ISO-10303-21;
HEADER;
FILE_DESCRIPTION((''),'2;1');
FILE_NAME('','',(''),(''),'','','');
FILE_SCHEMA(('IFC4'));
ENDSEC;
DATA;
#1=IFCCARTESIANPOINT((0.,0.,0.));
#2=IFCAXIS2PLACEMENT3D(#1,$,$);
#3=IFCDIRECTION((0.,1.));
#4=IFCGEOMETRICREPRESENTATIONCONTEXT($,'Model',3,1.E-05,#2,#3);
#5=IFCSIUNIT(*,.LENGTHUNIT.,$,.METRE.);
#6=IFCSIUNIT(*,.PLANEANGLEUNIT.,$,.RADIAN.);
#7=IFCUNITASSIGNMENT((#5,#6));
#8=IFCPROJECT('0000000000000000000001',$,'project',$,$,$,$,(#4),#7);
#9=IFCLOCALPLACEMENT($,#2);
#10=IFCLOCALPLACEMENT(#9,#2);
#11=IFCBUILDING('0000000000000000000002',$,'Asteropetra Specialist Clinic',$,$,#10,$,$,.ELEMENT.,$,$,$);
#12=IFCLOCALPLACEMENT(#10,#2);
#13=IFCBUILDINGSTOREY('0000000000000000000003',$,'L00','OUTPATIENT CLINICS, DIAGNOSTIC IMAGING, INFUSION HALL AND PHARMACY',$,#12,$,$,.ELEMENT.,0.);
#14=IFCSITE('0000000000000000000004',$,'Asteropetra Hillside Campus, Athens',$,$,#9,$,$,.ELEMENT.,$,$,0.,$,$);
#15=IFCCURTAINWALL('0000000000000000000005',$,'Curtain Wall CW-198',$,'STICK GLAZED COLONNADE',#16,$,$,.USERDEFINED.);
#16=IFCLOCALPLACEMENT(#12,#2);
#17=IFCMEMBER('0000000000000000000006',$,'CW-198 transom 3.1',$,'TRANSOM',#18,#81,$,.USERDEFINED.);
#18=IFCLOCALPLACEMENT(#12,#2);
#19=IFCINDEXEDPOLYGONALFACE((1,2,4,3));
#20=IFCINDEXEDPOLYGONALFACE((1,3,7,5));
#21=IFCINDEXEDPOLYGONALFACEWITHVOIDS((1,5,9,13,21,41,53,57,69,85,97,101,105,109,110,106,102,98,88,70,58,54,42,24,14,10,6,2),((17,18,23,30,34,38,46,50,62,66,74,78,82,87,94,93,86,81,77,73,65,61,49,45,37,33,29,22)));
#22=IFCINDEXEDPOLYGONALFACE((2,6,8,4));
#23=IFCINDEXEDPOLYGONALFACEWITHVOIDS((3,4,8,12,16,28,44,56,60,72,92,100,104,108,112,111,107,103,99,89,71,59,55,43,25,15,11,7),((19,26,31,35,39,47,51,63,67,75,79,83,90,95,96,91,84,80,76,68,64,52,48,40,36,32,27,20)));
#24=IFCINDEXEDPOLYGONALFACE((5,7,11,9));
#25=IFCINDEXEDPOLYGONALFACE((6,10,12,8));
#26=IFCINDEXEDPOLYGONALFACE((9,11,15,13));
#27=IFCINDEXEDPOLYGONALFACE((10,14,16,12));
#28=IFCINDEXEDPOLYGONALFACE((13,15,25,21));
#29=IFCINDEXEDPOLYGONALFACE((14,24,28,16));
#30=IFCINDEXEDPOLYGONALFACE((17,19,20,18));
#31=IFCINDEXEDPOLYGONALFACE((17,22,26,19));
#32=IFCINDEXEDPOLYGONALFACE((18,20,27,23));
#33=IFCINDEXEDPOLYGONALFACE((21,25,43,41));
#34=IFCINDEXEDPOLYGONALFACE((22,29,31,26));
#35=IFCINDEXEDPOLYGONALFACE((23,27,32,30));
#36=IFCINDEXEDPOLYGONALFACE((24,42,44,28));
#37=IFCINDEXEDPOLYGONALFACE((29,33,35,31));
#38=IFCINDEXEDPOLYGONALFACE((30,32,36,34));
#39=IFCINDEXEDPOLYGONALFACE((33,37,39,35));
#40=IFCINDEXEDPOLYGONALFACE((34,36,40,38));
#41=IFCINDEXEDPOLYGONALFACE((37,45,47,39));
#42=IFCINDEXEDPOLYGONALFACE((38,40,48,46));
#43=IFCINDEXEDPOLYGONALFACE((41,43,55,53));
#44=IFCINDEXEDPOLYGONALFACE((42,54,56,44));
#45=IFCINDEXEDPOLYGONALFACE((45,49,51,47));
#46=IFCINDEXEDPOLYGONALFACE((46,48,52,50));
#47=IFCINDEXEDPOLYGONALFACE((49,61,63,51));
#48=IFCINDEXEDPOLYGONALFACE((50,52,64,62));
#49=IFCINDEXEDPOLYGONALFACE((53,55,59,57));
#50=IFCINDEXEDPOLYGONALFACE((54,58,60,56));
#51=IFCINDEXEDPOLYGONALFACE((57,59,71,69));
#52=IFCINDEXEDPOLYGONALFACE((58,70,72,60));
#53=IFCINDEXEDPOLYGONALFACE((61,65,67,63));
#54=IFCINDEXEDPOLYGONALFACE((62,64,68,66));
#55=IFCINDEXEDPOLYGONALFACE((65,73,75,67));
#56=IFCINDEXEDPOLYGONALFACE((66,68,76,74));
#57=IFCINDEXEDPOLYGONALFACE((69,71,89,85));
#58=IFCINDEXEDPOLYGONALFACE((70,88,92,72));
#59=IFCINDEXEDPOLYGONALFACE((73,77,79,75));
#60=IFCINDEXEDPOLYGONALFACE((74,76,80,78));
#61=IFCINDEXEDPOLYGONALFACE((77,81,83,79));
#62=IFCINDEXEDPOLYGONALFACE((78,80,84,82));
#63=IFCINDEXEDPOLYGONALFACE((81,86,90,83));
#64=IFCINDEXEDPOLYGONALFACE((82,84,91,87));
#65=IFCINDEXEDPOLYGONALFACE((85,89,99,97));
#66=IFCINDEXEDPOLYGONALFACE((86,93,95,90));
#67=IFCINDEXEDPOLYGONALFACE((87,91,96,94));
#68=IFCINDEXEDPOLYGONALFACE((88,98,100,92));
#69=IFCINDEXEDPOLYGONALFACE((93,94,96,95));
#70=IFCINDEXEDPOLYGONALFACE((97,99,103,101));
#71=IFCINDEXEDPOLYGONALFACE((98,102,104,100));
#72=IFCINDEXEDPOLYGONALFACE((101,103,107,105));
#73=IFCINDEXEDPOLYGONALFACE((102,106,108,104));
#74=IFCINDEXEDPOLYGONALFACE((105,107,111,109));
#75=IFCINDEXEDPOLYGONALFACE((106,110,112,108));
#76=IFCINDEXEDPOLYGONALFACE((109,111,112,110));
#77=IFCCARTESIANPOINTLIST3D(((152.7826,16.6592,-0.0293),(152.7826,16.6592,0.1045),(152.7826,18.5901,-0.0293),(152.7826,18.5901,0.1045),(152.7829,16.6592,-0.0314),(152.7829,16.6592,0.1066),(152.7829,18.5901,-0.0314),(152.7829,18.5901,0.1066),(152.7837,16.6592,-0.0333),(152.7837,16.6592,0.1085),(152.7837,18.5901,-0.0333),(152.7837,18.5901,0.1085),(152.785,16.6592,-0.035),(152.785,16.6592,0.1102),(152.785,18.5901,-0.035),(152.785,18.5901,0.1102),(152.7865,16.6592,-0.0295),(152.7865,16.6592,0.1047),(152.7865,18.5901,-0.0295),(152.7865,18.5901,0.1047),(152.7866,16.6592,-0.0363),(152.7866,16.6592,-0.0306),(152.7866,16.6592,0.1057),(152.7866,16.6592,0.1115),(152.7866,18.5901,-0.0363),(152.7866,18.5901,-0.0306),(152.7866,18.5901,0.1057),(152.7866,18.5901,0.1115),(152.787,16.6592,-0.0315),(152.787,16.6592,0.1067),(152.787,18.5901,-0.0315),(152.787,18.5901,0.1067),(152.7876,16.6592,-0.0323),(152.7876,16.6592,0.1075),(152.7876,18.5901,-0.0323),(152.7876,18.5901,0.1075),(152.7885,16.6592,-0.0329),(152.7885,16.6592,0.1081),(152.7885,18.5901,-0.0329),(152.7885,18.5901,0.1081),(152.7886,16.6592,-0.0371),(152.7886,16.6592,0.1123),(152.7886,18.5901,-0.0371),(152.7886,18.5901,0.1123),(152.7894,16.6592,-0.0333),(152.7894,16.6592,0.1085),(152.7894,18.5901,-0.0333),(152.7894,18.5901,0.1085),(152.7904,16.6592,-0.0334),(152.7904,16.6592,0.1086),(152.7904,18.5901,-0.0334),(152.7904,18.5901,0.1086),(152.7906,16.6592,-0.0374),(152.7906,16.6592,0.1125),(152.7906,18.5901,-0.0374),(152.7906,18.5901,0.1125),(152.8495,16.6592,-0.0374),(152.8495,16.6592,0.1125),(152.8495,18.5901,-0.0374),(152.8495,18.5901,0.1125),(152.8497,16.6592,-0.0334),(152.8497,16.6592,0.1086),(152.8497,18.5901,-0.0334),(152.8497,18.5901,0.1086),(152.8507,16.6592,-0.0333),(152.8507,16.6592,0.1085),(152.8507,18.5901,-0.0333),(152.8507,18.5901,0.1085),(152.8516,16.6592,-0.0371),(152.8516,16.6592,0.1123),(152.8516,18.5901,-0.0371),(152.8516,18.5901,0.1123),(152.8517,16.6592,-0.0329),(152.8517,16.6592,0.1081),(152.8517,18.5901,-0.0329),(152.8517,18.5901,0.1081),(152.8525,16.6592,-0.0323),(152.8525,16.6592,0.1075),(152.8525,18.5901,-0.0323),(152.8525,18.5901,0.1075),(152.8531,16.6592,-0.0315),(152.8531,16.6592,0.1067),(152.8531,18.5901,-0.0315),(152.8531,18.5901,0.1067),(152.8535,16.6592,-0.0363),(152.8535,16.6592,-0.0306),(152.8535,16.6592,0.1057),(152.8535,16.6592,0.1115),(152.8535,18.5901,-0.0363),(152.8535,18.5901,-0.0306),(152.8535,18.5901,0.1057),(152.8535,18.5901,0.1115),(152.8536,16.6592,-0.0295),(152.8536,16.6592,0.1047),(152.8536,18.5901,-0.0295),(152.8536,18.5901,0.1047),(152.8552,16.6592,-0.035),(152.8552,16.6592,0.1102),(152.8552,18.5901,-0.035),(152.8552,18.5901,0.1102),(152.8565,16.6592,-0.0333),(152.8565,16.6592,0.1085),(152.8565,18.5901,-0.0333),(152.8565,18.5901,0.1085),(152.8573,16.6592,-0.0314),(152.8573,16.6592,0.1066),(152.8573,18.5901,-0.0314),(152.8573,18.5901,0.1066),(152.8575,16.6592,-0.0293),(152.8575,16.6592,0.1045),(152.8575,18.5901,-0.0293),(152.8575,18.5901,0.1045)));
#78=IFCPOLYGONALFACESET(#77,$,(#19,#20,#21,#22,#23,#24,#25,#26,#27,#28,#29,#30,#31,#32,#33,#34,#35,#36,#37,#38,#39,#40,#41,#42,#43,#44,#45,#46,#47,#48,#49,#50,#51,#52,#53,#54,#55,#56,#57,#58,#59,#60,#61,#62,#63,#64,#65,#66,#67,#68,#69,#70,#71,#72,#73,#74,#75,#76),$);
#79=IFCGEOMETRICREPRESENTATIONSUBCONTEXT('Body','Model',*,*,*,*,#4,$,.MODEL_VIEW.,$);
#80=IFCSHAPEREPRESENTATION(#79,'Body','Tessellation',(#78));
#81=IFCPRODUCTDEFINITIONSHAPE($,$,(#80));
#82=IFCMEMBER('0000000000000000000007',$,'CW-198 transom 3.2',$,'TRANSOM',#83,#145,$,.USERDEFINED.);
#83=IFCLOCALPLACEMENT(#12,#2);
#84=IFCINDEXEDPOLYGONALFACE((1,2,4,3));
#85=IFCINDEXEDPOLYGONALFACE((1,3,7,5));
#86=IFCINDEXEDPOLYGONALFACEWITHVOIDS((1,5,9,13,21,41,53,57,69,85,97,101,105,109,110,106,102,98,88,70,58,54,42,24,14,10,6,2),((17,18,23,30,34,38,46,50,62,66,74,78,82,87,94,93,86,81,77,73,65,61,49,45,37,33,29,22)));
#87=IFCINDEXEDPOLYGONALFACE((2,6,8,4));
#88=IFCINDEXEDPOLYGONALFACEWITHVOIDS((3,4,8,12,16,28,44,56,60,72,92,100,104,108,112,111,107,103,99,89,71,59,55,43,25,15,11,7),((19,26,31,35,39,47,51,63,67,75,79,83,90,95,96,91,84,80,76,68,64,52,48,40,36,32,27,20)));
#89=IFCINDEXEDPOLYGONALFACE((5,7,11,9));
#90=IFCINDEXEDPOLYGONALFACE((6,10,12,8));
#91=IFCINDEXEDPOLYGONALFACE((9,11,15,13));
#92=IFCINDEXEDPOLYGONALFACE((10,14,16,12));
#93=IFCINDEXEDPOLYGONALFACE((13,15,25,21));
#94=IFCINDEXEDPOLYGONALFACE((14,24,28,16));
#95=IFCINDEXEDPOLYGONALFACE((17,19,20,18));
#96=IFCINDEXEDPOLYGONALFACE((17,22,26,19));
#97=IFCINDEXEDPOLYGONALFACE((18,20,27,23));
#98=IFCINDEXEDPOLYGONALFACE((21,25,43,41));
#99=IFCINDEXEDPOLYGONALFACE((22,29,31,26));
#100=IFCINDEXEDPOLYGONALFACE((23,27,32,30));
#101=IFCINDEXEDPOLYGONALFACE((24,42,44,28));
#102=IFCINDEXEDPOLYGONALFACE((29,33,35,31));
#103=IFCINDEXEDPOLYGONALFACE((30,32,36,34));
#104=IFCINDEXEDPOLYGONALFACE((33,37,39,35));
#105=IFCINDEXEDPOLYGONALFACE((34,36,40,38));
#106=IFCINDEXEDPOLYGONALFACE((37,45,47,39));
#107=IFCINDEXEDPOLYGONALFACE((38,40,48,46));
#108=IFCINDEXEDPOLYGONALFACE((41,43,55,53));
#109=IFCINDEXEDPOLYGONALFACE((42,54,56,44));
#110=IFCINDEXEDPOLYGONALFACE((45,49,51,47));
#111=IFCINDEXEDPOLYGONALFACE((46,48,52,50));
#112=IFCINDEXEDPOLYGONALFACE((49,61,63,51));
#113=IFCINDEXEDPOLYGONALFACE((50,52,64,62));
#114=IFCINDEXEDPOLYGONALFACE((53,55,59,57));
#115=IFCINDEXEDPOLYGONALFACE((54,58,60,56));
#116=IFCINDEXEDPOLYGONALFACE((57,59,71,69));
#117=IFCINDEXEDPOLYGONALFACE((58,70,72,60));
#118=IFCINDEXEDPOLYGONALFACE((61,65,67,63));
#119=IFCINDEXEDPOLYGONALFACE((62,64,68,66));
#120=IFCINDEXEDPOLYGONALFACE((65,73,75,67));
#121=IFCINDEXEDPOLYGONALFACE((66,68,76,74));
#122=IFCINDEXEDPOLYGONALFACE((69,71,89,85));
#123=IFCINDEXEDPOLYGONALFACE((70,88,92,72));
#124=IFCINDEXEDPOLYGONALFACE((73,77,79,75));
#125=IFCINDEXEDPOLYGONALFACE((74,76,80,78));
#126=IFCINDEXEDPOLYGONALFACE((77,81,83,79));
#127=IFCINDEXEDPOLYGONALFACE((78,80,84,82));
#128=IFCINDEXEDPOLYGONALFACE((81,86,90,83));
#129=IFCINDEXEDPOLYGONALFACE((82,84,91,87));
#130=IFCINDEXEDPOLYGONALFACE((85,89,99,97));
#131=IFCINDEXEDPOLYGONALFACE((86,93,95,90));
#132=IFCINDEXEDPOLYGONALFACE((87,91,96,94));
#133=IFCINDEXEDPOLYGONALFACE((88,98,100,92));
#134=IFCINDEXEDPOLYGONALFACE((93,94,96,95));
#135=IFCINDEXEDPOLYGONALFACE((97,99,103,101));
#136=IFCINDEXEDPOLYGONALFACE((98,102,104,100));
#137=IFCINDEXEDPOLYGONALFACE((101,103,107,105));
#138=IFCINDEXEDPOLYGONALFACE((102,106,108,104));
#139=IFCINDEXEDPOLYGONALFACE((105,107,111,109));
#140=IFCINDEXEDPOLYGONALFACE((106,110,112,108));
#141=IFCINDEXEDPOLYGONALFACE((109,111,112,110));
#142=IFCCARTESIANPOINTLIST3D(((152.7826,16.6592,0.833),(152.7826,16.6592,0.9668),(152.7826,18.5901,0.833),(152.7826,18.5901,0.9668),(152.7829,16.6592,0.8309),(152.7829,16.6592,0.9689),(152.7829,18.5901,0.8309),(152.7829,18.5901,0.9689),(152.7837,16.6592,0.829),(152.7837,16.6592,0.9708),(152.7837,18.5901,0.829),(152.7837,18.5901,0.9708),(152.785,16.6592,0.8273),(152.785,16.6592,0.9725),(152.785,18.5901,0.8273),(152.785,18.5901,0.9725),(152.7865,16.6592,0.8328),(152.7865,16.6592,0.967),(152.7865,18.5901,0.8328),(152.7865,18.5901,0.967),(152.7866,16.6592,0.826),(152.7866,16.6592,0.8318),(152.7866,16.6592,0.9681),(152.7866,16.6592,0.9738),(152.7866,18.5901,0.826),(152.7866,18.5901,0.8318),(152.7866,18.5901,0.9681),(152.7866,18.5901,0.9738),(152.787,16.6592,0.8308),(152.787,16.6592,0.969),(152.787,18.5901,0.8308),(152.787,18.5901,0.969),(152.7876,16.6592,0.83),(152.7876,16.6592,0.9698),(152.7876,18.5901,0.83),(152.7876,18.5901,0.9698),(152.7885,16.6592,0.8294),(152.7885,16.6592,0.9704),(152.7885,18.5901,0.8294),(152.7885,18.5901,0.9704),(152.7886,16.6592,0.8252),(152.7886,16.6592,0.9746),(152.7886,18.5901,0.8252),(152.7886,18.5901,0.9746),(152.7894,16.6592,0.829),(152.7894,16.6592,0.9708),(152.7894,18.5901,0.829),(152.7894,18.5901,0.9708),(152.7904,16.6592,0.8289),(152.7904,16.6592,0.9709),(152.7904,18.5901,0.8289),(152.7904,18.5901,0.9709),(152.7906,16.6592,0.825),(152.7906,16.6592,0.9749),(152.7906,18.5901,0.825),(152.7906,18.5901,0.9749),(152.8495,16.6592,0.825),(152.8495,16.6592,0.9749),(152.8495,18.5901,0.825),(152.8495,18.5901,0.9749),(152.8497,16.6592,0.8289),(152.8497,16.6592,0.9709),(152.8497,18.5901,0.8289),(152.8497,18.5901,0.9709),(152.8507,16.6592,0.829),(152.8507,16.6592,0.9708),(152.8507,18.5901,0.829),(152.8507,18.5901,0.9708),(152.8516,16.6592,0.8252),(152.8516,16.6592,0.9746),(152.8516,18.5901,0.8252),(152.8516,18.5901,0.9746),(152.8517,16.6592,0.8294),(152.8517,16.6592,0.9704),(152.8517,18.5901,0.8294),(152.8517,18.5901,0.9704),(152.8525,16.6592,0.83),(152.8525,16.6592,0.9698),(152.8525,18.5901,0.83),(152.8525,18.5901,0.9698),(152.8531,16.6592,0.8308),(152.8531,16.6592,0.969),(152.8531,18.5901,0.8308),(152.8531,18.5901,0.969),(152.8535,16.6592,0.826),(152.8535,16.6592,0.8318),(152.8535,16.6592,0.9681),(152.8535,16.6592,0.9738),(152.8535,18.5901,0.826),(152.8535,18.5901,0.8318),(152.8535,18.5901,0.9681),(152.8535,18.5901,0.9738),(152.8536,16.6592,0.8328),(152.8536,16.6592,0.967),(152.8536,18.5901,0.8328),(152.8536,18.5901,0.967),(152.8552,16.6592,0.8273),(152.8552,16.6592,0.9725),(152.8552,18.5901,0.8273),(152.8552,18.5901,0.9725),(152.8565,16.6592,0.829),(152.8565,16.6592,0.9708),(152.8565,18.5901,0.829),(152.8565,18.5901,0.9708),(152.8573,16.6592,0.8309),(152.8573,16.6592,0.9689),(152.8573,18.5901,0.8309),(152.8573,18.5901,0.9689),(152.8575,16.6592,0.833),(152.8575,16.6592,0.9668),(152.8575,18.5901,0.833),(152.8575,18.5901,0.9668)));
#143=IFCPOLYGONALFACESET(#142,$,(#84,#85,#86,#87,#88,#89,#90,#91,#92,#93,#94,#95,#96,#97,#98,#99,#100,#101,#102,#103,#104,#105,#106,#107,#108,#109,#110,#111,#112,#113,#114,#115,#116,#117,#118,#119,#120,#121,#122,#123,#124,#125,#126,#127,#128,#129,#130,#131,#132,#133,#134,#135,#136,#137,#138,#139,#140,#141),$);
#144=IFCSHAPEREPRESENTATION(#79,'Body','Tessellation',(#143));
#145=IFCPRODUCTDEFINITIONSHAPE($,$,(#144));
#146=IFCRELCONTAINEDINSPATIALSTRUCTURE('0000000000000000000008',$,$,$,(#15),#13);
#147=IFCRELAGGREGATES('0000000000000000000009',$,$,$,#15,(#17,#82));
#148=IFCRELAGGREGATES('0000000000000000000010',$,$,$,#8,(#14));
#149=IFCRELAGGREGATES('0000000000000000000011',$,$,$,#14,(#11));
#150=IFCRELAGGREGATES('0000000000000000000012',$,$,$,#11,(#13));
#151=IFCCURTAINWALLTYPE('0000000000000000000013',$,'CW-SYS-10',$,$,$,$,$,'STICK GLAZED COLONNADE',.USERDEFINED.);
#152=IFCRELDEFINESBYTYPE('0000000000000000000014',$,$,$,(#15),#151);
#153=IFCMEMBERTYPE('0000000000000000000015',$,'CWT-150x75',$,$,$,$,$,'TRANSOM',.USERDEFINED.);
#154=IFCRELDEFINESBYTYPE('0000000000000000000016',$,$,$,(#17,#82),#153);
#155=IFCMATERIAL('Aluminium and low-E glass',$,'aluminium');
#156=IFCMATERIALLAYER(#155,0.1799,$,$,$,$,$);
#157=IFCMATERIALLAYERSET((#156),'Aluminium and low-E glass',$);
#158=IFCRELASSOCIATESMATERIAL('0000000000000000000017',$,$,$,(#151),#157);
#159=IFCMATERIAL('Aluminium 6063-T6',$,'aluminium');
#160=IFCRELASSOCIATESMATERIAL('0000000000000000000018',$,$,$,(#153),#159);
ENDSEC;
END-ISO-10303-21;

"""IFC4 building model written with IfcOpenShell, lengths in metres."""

from ifc_helpers import new_model, si_unit, direction, frame, origin, origin_2d, place, context, subcontext, project, spatial, hollow_rectangle, extrude, material, layer, layer_set, material_profile, profile_set, type_object, element, aggregate, save


model = new_model("IFC4")

# Units and contexts
model_context = context("Model", 3, precision=1e-05, world=origin(), true_north=direction((0.0, 1.0)))
body_context = subcontext(model_context, "Body", "Model", "MODEL_VIEW")
ifc_project = project(units=[si_unit("LENGTHUNIT", "METRE"), si_unit("PLANEANGLEUNIT", "RADIAN")], contexts=[model_context])

# Site, building, storey
site_placement = place(None, origin())
site = spatial("IfcSite", under=ifc_project, at=site_placement, Name="Asteropetra Hillside Campus, Athens", CompositionType="ELEMENT", RefElevation=0.0)
building_placement = place(site_placement, origin())
building = spatial("IfcBuilding", under=site, at=building_placement, Name="Asteropetra Specialist Clinic", CompositionType="ELEMENT")
storey_placement = place(building_placement, origin())
storey = spatial("IfcBuildingStorey", under=building, at=storey_placement, Name="L00", Description="OUTPATIENT CLINICS, DIAGNOSTIC IMAGING, INFUSION HALL AND PHARMACY", CompositionType="ELEMENT", Elevation=0.0)

# Shared definitions
ifc_material_1 = material(Name="Aluminium and low-E glass", Category="aluminium")
ifc_layer_1 = layer(ifc_material_1, 0.1799)
ifc_layer_set_1 = layer_set([ifc_layer_1], Name="Aluminium and low-E glass")
curtain_wall_type = type_object("IfcCurtainWallType", Name="CW-SYS-10", ElementType="STICK GLAZED COLONNADE", PredefinedType="USERDEFINED", material=ifc_layer_set_1)

# Curtain wall, members
curtain_wall_1_placement = place(storey_placement, origin())
curtain_wall_1 = element("IfcCurtainWall", 1, at=curtain_wall_1_placement, inside=storey, type_object=curtain_wall_type, Name="Curtain Wall CW-198", ObjectType="STICK GLAZED COLONNADE", PredefinedType="USERDEFINED")
ifc_material_2 = material(Name="Aluminium 6063-T6", Category="aluminium")
ifc_material_profile_1 = material_profile(ifc_material_2, hollow_rectangle(XDim=0.075, YDim=0.1499, WallThickness=0.0039, InnerFilletRadius=0.0039, OuterFilletRadius=0.0081, at=origin_2d()), Name="TRN 150x75x4.0")
ifc_profile_set_1 = profile_set([ifc_material_profile_1], Name="Aluminium 6063-T6")
member_type_1 = type_object("IfcMemberType", Name="CWT-150x75", ElementType="TRANSOM", PredefinedType="USERDEFINED", material=ifc_profile_set_1)
member_1_placement = place(storey_placement, frame((152.8201, 16.6592, 0.0376), z_axis=(0.0, 1.0, 0.0), x_axis=(-1.0, 0.0, 0.0)))
member_1 = element("IfcMember", 2, at=member_1_placement, type_object=member_type_1, Name="CW-198 transom 3.1", ObjectType="TRANSOM", PredefinedType="USERDEFINED", context=body_context, shape_type="SweptSolid", body=[
    extrude(hollow_rectangle(XDim=0.075, YDim=0.1499, WallThickness=0.0039, InnerFilletRadius=0.0039, OuterFilletRadius=0.0081, at=origin_2d()), origin(), (0.0, 0.0, 1.0), 1.9309),
])
member_2_placement = place(storey_placement, frame((152.8201, 16.6592, 0.8999), z_axis=(0.0, 1.0, 0.0), x_axis=(-1.0, 0.0, 0.0)))
member_2 = element("IfcMember", 3, at=member_2_placement, type_object=member_type_1, Name="CW-198 transom 3.2", ObjectType="TRANSOM", PredefinedType="USERDEFINED", context=body_context, shape_type="SweptSolid", body=[
    extrude(hollow_rectangle(XDim=0.075, YDim=0.1499, WallThickness=0.0039, InnerFilletRadius=0.0039, OuterFilletRadius=0.0081, at=origin_2d()), origin(), (0.0, 0.0, 1.0), 1.9309),
])
aggregate(curtain_wall_1, [member_1, member_2])

save(model, "model.ifc")
